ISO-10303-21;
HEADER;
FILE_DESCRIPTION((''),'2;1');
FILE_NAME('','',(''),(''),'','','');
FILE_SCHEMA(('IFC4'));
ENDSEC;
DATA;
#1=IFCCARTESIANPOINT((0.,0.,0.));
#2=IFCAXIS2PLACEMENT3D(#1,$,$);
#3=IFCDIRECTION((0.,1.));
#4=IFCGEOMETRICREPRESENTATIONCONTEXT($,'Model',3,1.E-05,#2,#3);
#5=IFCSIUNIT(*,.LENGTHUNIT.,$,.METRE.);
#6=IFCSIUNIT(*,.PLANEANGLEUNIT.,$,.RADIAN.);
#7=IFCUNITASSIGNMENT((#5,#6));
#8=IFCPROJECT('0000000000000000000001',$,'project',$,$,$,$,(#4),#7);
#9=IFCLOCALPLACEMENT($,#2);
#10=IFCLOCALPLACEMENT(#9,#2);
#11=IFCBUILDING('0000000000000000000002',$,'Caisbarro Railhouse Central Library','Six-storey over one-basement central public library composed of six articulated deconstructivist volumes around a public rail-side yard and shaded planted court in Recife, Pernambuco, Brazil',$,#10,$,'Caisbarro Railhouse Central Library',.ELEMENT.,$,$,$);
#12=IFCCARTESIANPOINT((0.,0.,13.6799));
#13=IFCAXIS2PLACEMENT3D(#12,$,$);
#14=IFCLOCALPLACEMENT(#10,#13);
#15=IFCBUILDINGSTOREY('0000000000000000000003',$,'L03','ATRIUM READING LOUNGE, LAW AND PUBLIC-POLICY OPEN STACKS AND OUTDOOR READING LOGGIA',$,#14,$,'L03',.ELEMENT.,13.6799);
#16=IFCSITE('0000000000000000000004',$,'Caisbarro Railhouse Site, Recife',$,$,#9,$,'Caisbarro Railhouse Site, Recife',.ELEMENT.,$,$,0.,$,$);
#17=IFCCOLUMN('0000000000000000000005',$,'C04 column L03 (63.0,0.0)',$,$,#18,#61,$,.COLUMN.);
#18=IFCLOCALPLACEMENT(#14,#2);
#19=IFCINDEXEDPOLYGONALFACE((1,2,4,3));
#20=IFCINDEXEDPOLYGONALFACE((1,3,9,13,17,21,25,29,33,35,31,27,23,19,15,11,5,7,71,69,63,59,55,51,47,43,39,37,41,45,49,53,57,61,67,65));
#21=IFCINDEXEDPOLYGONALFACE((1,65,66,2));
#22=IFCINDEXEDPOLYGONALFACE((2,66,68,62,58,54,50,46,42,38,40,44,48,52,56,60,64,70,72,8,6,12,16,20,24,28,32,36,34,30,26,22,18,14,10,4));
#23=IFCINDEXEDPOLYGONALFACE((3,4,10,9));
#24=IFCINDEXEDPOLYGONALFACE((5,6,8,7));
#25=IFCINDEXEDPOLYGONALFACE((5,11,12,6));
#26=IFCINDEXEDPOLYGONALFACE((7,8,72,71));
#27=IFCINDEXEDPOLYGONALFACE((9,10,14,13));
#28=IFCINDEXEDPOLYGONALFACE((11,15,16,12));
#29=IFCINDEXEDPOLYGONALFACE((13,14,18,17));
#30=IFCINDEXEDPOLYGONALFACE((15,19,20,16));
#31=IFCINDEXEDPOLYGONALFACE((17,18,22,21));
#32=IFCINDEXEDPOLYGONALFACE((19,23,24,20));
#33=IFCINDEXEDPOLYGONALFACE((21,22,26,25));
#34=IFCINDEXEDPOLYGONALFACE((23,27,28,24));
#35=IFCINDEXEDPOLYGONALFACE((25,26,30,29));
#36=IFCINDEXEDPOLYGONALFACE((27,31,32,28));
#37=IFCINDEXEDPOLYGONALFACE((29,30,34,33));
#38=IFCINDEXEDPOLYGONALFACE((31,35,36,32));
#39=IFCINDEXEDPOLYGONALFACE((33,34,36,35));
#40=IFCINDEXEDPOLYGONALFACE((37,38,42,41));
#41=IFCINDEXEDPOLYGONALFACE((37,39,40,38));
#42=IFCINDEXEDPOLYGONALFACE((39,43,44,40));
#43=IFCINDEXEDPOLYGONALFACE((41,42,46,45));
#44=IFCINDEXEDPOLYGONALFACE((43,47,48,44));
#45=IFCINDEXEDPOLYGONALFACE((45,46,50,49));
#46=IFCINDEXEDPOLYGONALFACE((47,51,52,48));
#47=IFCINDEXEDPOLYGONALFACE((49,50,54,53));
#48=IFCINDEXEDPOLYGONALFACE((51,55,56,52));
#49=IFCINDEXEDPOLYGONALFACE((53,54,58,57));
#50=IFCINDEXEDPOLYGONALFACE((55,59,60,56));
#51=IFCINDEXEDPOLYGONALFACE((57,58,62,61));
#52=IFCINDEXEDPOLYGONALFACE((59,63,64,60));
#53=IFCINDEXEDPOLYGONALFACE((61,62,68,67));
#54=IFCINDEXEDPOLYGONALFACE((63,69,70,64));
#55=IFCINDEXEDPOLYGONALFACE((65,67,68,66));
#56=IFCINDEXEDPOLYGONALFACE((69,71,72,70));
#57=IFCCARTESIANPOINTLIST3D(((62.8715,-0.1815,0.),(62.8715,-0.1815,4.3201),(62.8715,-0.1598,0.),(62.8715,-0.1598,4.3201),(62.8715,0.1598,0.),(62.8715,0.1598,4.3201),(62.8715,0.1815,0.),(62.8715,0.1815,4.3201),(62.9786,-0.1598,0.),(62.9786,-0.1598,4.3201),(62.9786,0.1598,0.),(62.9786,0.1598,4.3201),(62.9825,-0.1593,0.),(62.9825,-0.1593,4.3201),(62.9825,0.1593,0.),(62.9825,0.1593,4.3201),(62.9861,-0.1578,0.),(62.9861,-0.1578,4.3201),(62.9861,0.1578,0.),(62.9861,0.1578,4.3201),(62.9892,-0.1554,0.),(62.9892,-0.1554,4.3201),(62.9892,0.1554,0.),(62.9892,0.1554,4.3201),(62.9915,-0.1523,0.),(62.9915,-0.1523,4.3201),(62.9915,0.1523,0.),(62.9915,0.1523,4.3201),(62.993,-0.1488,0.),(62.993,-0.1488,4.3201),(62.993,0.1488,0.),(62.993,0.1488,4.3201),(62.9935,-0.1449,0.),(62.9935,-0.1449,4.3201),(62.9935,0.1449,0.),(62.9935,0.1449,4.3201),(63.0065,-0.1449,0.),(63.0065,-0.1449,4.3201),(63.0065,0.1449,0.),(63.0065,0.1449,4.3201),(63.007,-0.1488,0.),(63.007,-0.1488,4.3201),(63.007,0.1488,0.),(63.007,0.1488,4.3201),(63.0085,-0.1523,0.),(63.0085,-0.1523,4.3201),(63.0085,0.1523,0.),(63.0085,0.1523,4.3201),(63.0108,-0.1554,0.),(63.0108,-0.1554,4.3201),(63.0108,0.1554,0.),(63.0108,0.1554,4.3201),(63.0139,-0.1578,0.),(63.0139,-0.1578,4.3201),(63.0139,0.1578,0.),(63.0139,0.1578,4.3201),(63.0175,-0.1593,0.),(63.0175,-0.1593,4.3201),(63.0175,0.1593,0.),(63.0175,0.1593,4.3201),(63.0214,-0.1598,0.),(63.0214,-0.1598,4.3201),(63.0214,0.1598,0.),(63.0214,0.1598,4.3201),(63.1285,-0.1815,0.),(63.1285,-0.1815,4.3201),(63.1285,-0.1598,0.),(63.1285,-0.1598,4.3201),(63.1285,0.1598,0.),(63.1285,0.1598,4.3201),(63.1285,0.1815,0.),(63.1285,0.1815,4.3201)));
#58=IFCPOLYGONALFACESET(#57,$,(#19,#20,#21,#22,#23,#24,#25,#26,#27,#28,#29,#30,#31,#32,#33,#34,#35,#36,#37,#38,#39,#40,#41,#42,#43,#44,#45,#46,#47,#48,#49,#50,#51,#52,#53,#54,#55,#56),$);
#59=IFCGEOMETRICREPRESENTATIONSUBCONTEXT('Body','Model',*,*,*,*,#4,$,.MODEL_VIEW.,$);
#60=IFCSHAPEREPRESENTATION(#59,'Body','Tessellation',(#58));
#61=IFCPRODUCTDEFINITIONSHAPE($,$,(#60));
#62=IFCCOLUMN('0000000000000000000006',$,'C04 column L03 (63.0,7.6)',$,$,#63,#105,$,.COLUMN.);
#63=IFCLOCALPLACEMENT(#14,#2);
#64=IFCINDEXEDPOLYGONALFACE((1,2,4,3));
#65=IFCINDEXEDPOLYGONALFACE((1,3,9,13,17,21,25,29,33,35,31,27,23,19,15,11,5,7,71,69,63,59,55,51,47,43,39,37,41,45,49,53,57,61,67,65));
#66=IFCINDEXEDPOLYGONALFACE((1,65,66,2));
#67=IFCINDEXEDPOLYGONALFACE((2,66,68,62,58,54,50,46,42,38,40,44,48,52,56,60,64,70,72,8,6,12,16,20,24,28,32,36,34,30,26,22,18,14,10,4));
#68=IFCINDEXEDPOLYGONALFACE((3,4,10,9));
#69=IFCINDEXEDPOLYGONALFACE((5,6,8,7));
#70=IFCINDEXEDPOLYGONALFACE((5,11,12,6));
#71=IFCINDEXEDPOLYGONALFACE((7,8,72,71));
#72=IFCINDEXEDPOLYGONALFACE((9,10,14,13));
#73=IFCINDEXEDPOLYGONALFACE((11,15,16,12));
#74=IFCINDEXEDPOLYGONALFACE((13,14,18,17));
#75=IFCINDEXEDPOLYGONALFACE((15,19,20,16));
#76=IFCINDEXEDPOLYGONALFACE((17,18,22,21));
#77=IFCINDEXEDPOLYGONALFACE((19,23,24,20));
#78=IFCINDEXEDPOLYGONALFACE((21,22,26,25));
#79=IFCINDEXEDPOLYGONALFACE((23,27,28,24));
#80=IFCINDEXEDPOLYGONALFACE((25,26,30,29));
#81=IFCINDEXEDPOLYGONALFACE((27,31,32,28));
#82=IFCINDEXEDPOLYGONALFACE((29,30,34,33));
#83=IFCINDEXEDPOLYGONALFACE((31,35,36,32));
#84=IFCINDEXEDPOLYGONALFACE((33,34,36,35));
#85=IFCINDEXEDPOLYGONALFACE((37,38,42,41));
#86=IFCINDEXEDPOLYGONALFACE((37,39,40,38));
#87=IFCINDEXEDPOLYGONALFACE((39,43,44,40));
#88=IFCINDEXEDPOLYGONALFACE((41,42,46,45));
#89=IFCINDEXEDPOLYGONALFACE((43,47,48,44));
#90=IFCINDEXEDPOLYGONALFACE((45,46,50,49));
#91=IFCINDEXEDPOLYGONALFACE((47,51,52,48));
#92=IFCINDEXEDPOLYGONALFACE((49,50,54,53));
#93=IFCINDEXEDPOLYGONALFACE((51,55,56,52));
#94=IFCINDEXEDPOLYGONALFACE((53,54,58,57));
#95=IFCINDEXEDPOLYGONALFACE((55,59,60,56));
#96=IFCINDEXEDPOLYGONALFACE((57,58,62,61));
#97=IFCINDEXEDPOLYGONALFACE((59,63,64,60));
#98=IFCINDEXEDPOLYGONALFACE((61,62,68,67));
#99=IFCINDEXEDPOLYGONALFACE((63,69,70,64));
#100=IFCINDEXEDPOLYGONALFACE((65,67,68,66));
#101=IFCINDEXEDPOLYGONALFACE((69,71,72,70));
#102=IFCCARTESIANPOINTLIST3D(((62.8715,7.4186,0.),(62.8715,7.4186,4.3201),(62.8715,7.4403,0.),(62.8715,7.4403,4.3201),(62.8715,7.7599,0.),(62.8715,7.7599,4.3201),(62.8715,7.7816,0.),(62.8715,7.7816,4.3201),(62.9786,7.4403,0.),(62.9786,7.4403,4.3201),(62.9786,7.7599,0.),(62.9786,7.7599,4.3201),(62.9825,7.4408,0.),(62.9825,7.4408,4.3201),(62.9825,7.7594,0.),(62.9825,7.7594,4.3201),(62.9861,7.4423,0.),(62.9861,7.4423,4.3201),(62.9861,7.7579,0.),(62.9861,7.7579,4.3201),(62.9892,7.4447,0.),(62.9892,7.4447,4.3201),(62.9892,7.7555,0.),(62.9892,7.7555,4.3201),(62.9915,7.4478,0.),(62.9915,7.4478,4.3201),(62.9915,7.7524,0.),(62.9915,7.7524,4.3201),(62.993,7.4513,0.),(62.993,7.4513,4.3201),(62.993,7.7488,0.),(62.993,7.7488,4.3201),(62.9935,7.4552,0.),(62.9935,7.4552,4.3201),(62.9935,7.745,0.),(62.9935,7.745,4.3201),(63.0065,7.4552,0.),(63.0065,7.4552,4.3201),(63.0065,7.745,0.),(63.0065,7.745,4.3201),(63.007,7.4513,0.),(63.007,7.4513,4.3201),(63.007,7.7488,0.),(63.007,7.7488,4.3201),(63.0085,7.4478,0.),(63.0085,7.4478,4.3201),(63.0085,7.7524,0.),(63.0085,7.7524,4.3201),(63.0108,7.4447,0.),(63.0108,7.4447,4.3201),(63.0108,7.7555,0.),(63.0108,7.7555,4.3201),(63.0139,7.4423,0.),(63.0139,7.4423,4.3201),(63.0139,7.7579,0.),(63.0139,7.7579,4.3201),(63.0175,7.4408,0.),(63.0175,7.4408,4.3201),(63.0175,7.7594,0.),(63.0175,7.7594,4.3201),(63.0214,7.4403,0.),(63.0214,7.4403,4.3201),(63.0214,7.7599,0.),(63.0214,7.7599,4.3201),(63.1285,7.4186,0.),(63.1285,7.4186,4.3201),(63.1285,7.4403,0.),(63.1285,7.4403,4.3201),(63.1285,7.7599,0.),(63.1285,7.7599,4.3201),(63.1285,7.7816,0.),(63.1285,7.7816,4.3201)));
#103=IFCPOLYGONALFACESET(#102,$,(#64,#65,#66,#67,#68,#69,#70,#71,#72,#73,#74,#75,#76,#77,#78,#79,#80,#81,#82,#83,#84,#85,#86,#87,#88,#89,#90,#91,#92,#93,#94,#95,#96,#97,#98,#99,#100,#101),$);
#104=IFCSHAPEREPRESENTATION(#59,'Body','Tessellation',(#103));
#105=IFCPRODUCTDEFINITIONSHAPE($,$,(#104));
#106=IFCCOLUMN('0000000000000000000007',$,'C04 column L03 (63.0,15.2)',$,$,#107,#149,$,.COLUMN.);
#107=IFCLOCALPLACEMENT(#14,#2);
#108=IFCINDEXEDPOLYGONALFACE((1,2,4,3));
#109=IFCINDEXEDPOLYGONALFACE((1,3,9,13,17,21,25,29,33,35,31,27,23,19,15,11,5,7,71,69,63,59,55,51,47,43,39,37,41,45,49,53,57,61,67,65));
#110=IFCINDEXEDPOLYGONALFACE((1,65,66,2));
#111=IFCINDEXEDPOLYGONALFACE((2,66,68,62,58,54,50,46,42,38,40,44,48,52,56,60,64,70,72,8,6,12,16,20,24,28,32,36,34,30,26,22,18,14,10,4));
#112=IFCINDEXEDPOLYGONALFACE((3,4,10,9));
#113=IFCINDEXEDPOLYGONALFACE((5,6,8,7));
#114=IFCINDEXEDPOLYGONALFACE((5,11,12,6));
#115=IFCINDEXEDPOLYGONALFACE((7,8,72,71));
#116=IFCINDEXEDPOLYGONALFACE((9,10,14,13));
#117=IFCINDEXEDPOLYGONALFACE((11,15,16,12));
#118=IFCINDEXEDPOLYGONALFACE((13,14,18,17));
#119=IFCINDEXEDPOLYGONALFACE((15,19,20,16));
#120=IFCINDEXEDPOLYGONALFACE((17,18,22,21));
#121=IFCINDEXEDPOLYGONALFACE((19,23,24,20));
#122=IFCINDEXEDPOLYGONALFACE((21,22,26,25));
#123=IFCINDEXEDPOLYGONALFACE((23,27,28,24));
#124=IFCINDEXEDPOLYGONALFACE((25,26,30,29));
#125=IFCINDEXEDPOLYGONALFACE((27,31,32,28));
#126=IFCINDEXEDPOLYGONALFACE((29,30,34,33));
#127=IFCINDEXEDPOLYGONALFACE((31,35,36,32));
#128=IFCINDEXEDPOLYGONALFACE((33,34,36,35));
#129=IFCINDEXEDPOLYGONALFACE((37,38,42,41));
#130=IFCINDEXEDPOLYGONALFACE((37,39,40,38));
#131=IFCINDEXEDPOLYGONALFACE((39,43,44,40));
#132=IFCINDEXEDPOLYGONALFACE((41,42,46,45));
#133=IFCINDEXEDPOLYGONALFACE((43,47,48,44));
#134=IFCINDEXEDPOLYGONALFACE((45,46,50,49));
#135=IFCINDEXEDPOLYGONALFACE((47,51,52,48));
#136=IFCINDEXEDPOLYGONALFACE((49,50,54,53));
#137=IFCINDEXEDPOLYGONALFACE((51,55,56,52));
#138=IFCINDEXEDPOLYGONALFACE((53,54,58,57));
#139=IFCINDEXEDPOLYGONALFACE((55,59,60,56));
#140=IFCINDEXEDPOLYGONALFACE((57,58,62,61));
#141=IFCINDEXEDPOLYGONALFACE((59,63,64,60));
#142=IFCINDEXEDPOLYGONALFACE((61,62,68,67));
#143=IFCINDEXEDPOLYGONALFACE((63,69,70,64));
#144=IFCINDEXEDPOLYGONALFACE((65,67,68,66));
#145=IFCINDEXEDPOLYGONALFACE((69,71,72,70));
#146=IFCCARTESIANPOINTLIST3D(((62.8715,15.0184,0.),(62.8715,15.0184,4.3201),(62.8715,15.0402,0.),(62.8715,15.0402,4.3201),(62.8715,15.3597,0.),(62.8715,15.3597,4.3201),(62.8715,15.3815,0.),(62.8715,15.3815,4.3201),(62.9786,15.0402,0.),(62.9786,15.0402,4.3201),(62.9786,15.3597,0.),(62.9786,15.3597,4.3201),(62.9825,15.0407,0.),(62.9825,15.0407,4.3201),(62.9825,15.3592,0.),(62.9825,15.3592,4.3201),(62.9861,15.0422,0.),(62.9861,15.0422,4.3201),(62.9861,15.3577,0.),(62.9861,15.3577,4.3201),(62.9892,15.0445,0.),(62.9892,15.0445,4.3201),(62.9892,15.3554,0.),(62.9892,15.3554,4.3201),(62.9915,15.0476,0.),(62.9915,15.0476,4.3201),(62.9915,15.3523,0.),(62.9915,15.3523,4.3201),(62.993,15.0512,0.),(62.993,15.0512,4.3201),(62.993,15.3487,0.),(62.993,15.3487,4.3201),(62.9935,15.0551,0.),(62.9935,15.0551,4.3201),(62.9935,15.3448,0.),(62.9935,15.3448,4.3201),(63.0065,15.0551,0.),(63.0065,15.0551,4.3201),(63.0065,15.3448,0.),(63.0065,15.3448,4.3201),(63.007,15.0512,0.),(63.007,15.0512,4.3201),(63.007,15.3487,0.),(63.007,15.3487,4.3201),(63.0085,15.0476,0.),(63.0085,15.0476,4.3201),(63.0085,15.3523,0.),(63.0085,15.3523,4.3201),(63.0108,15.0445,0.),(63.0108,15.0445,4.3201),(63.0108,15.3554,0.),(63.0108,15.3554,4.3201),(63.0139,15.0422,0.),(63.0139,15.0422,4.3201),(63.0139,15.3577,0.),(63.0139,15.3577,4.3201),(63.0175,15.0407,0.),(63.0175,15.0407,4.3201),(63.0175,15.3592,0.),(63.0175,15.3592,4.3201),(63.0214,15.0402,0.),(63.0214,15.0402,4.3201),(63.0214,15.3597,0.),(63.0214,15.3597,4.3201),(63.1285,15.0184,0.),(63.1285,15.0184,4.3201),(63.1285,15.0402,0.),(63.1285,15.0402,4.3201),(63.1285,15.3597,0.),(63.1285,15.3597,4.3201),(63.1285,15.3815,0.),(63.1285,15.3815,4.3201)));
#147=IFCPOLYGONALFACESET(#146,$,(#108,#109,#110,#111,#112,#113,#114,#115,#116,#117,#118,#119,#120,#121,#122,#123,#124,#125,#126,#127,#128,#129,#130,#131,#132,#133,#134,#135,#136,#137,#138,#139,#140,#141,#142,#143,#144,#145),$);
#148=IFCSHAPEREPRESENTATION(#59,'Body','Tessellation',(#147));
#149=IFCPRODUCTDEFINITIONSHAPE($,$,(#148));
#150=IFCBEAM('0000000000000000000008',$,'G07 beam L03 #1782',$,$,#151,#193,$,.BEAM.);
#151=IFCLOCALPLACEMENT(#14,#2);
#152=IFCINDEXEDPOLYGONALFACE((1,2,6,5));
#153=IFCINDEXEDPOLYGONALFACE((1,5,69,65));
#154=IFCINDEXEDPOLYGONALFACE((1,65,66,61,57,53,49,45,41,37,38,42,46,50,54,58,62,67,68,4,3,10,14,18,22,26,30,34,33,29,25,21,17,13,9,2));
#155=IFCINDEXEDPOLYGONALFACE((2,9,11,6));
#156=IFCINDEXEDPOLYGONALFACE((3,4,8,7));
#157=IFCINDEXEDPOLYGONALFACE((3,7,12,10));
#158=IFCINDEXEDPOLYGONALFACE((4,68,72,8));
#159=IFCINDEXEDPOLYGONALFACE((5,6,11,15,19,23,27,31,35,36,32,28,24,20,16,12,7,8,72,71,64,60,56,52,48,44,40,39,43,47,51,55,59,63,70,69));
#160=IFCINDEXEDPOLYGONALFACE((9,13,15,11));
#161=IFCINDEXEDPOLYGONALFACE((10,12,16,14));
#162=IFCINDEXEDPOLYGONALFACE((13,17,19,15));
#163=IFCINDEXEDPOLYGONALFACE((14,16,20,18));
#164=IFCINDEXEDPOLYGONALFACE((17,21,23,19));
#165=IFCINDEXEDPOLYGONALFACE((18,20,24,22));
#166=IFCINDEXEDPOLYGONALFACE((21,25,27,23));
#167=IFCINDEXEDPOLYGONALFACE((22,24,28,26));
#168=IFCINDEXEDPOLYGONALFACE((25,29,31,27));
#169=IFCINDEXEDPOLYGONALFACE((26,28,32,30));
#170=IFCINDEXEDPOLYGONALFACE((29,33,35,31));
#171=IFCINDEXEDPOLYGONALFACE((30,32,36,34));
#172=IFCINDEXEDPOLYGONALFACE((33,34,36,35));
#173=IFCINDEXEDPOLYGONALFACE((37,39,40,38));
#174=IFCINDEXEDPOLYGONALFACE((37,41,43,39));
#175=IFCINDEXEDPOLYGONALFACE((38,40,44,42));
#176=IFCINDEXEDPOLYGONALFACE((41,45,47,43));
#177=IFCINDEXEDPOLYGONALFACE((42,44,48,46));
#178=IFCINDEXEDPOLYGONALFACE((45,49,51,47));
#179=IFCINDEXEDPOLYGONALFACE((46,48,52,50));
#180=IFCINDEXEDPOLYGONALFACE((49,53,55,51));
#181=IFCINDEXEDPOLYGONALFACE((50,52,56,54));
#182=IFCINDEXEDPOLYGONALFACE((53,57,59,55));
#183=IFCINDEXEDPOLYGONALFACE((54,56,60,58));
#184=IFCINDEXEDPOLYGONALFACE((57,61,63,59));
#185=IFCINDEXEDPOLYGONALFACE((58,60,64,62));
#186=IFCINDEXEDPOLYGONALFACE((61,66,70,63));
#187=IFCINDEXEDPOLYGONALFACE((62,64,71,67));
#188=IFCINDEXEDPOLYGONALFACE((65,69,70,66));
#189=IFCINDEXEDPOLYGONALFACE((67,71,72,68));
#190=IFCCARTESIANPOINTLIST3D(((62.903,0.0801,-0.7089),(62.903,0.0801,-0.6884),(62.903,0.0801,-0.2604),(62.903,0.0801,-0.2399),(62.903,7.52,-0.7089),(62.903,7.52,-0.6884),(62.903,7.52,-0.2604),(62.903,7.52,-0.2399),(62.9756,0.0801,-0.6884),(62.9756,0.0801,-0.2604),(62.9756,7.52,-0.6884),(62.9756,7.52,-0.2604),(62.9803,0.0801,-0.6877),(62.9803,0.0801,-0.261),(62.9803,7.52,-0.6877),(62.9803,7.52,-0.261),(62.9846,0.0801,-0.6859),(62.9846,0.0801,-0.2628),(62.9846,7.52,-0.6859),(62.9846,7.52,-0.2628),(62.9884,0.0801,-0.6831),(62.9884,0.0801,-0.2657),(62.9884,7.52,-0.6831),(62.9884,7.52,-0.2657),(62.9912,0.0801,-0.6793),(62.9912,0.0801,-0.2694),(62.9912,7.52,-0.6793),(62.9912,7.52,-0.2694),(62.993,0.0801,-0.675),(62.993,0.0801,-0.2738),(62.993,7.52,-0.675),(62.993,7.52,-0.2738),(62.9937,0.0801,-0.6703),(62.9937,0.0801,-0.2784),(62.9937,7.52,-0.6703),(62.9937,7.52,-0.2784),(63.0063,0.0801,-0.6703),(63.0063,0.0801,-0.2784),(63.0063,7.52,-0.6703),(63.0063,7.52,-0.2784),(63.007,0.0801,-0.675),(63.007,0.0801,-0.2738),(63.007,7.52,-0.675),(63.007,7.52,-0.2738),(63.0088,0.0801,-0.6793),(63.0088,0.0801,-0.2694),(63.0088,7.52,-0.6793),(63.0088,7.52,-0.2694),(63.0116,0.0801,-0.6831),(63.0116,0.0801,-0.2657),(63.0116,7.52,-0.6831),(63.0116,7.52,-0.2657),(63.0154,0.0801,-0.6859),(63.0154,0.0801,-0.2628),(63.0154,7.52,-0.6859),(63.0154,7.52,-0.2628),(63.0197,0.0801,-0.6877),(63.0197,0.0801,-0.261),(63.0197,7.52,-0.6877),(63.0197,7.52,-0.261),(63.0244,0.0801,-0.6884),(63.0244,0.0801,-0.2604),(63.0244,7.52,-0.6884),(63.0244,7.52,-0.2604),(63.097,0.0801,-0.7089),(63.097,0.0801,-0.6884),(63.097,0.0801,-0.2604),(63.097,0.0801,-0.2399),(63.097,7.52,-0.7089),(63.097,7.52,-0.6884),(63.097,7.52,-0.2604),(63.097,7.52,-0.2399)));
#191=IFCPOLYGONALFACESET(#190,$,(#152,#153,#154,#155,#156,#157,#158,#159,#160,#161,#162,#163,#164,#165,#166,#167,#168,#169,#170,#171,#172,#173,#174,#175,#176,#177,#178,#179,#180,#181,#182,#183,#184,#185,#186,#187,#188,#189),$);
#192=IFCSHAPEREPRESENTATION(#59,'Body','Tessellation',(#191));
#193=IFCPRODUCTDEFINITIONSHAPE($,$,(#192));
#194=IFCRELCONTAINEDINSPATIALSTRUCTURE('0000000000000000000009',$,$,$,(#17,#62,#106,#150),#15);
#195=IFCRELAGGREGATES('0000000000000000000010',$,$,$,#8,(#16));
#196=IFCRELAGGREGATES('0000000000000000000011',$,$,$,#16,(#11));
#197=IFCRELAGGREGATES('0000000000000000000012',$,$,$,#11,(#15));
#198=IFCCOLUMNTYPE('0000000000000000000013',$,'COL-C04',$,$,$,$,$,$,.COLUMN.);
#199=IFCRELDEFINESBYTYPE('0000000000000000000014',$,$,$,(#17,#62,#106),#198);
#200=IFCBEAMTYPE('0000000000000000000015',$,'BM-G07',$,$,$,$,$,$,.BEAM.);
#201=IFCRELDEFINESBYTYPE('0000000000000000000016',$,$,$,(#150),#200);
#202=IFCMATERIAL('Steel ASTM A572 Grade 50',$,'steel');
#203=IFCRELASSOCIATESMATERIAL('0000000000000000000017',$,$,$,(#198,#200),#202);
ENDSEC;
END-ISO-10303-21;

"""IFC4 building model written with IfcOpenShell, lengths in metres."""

from ifc_helpers import new_model, si_unit, direction, frame, origin, origin_2d, place, context, subcontext, project, spatial, i_section, extrude, material, material_profile, profile_set, type_object, element, save


model = new_model("IFC4")

# Units and contexts
model_context = context("Model", 3, precision=1e-05, world=origin(), true_north=direction((0.0, 1.0)))
body_context = subcontext(model_context, "Body", "Model", "MODEL_VIEW")
ifc_project = project(units=[si_unit("LENGTHUNIT", "METRE"), si_unit("PLANEANGLEUNIT", "RADIAN")], contexts=[model_context])

# Site, building, storey
site_placement = place(None, origin())
site = spatial("IfcSite", under=ifc_project, at=site_placement, Name="Caisbarro Railhouse Site, Recife", LongName="Caisbarro Railhouse Site, Recife", CompositionType="ELEMENT", RefElevation=0.0)
building_placement = place(site_placement, origin())
building = spatial("IfcBuilding", under=site, at=building_placement, Name="Caisbarro Railhouse Central Library", Description="Six-storey over one-basement central public library composed of six articulated deconstructivist volumes around a public rail-side yard and shaded planted court in Recife, Pernambuco, Brazil", LongName="Caisbarro Railhouse Central Library", CompositionType="ELEMENT")
storey_placement = place(building_placement, frame((0.0, 0.0, 13.6799)))
storey = spatial("IfcBuildingStorey", under=building, at=storey_placement, Name="L03", Description="ATRIUM READING LOUNGE, LAW AND PUBLIC-POLICY OPEN STACKS AND OUTDOOR READING LOGGIA", LongName="L03", CompositionType="ELEMENT", Elevation=13.6799)

# Columns
ifc_material_1 = material(Name="Steel ASTM A572 Grade 50", Category="steel")
ifc_material_profile_1 = material_profile(ifc_material_1, i_section(OverallWidth=0.2571, OverallDepth=0.363, WebThickness=0.0129, FlangeThickness=0.0217, FilletRadius=0.0149, at=origin_2d()), Name="W360X122.0")
ifc_profile_set_1 = profile_set([ifc_material_profile_1], Name="Steel ASTM A572 Grade 50")
column_type = type_object("IfcColumnType", Name="COL-C04", PredefinedType="COLUMN", material=ifc_profile_set_1)
for number, where, z_axis, x_axis, name in (
    (1, (63.0, 0.0, 0.0), (0.0, 0.0, 1.0), (1.0, 0.0, 0.0), "C04 column L03 (63.0,0.0)"),
    (2, (63.0, 7.6001, 0.0), (0.0, 0.0, 1.0), (1.0, 0.0, 0.0), "C04 column L03 (63.0,7.6)"),
    (3, (63.0, 15.2, 0.0), (0.0, 0.0, 1.0), (1.0, 0.0, 0.0), "C04 column L03 (63.0,15.2)"),
):
    element("IfcColumn", number, at=place(storey_placement, frame(where, z_axis=z_axis, x_axis=x_axis)), inside=storey, type_object=column_type, Name=name, PredefinedType="COLUMN", context=body_context, shape_type="SweptSolid", body=[
        extrude(i_section(OverallWidth=0.2571, OverallDepth=0.363, WebThickness=0.0129, FlangeThickness=0.0217, FilletRadius=0.0149, at=origin_2d()), origin(), (0.0, 0.0, 1.0), 4.3201),
    ])

# Beam
ifc_material_profile_2 = material_profile(ifc_material_1, i_section(OverallWidth=0.1941, OverallDepth=0.469, WebThickness=0.0127, FlangeThickness=0.0205, FilletRadius=0.0181, at=origin_2d()), Name="W460X106.0")
ifc_profile_set_2 = profile_set([ifc_material_profile_2], Name="Steel ASTM A572 Grade 50")
beam_type_1 = type_object("IfcBeamType", Name="BM-G07", PredefinedType="BEAM", material=ifc_profile_set_2)
beam_1_placement = place(storey_placement, frame((63.0, 0.0801, -0.4744), z_axis=(0.0, 1.0, 0.0), x_axis=(-1.0, 0.0, 0.0)))
element("IfcBeam", 4, at=beam_1_placement, inside=storey, type_object=beam_type_1, Name="G07 beam L03 #1782", PredefinedType="BEAM", context=body_context, shape_type="SweptSolid", body=[
    extrude(i_section(OverallWidth=0.1941, OverallDepth=0.469, WebThickness=0.0127, FlangeThickness=0.0205, FilletRadius=0.0181, at=origin_2d()), origin(), (0.0, 0.0, 1.0), 7.4399),
])

save(model, "model.ifc")
